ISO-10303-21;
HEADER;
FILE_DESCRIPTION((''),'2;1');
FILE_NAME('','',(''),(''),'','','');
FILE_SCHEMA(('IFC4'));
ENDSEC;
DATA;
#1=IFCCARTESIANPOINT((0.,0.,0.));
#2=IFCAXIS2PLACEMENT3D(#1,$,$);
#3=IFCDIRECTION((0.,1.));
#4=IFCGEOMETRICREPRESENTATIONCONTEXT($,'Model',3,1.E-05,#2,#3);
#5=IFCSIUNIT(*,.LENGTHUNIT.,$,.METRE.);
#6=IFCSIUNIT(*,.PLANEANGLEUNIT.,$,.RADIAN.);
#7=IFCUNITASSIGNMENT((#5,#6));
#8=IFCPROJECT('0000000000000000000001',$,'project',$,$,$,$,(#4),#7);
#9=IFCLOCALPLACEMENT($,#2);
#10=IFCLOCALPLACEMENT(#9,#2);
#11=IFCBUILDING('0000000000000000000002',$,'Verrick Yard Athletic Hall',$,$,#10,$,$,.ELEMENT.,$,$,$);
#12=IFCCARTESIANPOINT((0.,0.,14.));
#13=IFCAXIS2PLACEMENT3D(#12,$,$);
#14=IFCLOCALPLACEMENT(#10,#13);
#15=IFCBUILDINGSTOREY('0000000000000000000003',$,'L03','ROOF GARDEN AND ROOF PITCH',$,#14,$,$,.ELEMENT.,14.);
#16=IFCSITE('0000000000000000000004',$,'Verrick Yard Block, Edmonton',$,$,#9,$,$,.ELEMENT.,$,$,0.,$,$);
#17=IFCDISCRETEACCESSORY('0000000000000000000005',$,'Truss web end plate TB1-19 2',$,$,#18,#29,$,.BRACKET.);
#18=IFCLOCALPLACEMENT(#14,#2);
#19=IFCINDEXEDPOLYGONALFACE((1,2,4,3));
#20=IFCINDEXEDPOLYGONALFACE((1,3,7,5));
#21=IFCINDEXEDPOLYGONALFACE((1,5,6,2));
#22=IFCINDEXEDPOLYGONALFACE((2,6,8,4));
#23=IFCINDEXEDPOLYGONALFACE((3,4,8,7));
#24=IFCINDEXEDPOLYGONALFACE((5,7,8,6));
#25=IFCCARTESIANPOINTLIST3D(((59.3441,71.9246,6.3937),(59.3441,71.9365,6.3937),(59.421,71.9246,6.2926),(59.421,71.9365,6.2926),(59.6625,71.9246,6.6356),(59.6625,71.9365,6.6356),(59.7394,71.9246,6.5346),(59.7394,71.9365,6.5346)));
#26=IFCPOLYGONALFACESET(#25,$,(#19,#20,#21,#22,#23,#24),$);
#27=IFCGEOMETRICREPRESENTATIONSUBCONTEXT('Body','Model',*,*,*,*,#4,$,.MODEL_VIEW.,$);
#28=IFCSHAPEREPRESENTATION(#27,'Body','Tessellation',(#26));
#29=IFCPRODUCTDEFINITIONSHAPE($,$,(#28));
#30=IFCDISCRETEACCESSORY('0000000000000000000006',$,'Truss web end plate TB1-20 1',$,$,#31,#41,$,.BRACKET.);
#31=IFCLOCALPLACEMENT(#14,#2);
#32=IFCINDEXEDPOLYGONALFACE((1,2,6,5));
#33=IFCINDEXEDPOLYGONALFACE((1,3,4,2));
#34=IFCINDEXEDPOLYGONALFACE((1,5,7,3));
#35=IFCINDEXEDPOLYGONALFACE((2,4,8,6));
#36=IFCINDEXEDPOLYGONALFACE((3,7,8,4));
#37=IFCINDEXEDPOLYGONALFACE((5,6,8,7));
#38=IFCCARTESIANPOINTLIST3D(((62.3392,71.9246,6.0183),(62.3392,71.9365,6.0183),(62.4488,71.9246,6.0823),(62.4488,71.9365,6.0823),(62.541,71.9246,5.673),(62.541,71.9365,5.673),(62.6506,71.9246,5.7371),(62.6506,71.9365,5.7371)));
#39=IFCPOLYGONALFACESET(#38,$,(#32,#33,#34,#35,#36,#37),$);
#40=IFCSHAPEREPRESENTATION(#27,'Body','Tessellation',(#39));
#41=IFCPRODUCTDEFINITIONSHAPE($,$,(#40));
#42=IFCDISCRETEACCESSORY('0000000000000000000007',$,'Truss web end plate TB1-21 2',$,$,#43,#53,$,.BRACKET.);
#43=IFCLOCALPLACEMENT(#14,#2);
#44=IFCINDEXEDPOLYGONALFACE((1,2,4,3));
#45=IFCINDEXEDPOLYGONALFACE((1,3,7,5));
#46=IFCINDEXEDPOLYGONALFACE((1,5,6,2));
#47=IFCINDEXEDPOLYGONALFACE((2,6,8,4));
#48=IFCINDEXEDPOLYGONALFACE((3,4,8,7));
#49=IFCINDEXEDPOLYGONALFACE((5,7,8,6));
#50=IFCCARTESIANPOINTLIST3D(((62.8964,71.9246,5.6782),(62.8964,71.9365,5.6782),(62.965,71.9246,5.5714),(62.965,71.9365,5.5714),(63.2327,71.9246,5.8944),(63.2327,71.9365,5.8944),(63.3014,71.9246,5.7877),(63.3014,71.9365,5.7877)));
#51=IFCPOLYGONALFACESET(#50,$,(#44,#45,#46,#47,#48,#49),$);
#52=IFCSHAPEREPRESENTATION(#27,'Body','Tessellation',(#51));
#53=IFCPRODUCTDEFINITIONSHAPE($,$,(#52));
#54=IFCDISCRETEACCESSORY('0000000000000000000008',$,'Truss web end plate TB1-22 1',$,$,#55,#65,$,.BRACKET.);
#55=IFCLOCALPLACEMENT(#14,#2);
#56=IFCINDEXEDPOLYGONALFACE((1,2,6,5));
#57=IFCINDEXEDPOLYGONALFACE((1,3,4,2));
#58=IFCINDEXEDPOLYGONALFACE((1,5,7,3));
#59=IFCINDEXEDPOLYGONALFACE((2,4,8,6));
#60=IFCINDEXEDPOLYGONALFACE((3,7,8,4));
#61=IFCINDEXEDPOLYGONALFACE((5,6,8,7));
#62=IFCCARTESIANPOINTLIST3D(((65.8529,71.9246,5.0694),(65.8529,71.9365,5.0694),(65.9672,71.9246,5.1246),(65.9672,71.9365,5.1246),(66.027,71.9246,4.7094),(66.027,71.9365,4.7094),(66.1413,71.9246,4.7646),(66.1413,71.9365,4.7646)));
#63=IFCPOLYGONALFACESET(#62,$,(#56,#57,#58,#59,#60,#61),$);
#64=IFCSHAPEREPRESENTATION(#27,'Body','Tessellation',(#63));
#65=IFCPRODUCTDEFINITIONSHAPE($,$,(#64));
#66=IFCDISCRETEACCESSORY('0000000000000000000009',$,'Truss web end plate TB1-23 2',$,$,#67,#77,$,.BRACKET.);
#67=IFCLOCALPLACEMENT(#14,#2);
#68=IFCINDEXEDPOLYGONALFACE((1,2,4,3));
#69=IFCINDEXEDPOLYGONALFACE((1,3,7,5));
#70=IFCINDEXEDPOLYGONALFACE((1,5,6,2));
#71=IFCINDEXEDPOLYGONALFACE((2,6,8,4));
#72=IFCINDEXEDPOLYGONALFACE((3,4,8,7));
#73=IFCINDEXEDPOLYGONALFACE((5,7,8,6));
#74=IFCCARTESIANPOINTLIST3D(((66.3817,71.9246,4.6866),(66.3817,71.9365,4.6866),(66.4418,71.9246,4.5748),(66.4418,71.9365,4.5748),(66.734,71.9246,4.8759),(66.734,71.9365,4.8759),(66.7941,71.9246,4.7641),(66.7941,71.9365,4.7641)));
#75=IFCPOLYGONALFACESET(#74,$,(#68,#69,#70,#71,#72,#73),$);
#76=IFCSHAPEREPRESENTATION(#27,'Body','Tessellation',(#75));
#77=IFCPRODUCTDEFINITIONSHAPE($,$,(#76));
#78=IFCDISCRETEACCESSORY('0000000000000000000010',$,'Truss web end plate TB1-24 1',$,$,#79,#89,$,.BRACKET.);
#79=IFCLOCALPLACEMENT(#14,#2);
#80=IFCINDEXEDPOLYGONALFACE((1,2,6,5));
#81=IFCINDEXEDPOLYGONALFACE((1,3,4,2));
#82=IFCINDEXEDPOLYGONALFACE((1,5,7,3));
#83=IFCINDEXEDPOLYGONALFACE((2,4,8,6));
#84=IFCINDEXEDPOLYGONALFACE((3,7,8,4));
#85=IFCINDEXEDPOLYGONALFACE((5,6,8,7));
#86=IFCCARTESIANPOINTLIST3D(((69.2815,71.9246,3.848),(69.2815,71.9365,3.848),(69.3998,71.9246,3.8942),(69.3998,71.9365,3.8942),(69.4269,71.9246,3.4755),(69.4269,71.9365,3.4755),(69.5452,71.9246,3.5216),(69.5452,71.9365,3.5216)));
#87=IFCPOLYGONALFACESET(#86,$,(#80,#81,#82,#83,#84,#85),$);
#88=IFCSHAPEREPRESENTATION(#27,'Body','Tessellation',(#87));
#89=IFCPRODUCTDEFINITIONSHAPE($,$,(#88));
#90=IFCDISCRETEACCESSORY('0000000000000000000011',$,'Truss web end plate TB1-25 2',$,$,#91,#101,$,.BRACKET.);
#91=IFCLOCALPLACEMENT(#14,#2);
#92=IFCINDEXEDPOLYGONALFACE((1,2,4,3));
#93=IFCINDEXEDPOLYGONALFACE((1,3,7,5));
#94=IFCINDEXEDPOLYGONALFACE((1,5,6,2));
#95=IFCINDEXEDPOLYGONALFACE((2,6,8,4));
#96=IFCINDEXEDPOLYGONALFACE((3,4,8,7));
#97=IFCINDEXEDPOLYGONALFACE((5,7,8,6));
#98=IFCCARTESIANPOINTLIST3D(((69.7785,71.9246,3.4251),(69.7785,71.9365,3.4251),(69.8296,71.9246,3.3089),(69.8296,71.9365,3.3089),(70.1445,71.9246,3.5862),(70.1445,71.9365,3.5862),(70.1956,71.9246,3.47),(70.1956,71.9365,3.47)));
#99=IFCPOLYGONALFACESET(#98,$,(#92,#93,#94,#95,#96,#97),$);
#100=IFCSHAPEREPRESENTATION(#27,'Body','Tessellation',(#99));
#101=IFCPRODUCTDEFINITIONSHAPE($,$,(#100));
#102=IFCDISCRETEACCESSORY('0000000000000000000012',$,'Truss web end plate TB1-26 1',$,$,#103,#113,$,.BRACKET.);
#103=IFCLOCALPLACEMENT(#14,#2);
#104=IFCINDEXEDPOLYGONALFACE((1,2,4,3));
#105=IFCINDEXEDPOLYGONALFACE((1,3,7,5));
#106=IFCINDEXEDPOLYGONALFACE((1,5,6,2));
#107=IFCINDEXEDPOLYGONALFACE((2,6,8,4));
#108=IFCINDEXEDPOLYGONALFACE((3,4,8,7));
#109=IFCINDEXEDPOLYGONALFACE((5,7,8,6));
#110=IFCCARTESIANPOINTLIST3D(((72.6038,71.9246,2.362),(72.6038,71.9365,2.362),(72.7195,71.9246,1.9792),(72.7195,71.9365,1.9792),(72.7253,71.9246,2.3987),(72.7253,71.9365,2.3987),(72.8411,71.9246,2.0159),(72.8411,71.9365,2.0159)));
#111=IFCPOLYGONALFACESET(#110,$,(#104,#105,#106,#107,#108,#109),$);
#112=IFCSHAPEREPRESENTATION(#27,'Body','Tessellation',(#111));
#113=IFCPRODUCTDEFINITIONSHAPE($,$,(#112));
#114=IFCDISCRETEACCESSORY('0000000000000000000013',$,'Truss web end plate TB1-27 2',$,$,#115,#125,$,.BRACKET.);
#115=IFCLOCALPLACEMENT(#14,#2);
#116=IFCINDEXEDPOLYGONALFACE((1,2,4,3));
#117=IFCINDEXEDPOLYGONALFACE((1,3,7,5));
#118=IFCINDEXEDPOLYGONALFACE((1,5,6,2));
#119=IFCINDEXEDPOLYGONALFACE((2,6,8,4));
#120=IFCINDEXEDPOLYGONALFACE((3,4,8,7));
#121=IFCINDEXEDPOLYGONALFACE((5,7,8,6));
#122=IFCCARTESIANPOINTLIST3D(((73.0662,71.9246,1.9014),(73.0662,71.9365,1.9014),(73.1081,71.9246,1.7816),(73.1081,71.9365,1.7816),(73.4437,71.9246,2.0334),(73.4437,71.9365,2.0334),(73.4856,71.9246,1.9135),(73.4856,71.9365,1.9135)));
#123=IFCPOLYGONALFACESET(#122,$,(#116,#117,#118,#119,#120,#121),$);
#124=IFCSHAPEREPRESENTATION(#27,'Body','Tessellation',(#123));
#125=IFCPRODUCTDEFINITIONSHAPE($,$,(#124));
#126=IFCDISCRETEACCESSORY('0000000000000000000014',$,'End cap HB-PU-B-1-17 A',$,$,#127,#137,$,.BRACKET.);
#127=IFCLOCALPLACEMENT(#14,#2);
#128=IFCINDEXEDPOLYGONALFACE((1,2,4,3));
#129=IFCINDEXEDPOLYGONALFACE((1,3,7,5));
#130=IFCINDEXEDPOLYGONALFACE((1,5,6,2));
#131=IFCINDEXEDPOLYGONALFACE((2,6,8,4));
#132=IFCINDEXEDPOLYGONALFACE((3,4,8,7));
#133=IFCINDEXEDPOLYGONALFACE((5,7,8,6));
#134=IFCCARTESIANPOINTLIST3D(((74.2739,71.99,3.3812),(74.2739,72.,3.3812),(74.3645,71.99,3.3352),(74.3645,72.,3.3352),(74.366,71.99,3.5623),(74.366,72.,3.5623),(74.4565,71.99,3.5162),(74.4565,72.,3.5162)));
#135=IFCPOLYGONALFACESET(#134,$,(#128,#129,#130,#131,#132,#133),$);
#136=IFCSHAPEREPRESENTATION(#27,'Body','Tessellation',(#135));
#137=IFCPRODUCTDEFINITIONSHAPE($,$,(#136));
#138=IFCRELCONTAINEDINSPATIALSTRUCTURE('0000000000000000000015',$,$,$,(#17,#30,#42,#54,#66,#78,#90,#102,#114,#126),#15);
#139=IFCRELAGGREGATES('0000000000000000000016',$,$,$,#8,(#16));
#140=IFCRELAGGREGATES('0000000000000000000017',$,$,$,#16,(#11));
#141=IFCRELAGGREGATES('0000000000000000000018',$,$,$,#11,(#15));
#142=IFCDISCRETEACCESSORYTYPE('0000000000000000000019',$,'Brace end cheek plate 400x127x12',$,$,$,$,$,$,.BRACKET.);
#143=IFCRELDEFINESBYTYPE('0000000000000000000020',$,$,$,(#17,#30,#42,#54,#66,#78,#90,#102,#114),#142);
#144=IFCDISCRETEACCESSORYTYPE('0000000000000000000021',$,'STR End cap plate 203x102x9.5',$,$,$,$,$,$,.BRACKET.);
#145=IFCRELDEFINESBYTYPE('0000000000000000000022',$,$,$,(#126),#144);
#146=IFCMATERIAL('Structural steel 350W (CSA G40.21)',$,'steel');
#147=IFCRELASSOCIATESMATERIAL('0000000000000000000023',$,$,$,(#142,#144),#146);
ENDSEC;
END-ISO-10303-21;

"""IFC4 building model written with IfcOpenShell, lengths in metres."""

from ifc_helpers import new_model, si_unit, direction, frame, origin, origin_2d, place, context, subcontext, project, spatial, rectangle, extrude, material, material_profile, profile_set, type_object, element, save


model = new_model("IFC4")

# Units and contexts
model_context = context("Model", 3, precision=1e-05, world=origin(), true_north=direction((0.0, 1.0)))
body_context = subcontext(model_context, "Body", "Model", "MODEL_VIEW")
ifc_project = project(units=[si_unit("LENGTHUNIT", "METRE"), si_unit("PLANEANGLEUNIT", "RADIAN")], contexts=[model_context])

# Site, building, storey
site_placement = place(None, origin())
site = spatial("IfcSite", under=ifc_project, at=site_placement, Name="Verrick Yard Block, Edmonton", CompositionType="ELEMENT", RefElevation=0.0)
building_placement = place(site_placement, origin())
building = spatial("IfcBuilding", under=site, at=building_placement, Name="Verrick Yard Athletic Hall", CompositionType="ELEMENT")
storey_placement = place(building_placement, frame((0.0, 0.0, 14.0)))
storey = spatial("IfcBuildingStorey", under=building, at=storey_placement, Name="L03", Description="ROOF GARDEN AND ROOF PITCH", CompositionType="ELEMENT", Elevation=14.0)

# Discrete accessories
ifc_material_1 = material(Name="Structural steel 350W (CSA G40.21)", Category="steel")
ifc_material_profile_1 = material_profile(ifc_material_1, rectangle(XDim=0.3999, YDim=0.127, at=origin_2d()), Name="Brace end cheek plate")
ifc_profile_set_1 = profile_set([ifc_material_profile_1], Name="Structural steel 350W (CSA G40.21)")
discrete_accessory_type_1 = type_object("IfcDiscreteAccessoryType", Name="Brace end cheek plate 400x127x12", PredefinedType="BRACKET", material=ifc_profile_set_1)
for number, where, z_axis, x_axis, name in (
    (1, (59.5417, 71.9365, 6.4641), (0.0, -1.0, 0.0), (0.796193, 0.0, 0.605042), "Truss web end plate TB1-19 2"),
    (2, (62.4949, 71.9365, 5.8777), (0.0, -1.0, 0.0), (-0.504597, 0.0, 0.863355), "Truss web end plate TB1-20 1"),
    (3, (63.0989, 71.9365, 5.7329), (0.0, -1.0, 0.0), (0.841141, 0.0, 0.540816), "Truss web end plate TB1-21 2"),
    (4, (65.9971, 71.9365, 4.917), (0.0, -1.0, 0.0), (-0.435417, 0.0, 0.900229), "Truss web end plate TB1-22 1"),
    (5, (66.5879, 71.9365, 4.7253), (0.0, -1.0, 0.0), (0.88092, 0.0, 0.473265), "Truss web end plate TB1-23 2"),
    (6, (69.4133, 71.9365, 3.6848), (0.0, -1.0, 0.0), (-0.363563, 0.0, 0.93157), "Truss web end plate TB1-24 1"),
    (7, (69.9871, 71.9365, 3.4475), (0.0, -1.0, 0.0), (0.915285, 0.0, 0.402806), "Truss web end plate TB1-25 2"),
    (8, (72.7224, 71.9365, 2.189), (0.0, -1.0, 0.0), (-0.289473, 0.0, 0.957186), "Truss web end plate TB1-26 1"),
    (9, (73.2759, 71.9365, 1.9075), (0.0, -1.0, 0.0), (0.944026, 0.0, 0.329872), "Truss web end plate TB1-27 2"),
):
    element("IfcDiscreteAccessory", number, at=place(storey_placement, frame(where, z_axis=z_axis, x_axis=x_axis)), inside=storey, type_object=discrete_accessory_type_1, Name=name, PredefinedType="BRACKET", context=body_context, shape_type="SweptSolid", body=[
        extrude(rectangle(XDim=0.3999, YDim=0.127, at=origin_2d()), origin(), (0.0, 0.0, 1.0), 0.012),
    ])
ifc_material_profile_2 = material_profile(ifc_material_1, rectangle(XDim=0.1016, YDim=0.2031, at=origin_2d()), Name="STR End cap plate 203x102x9.5")
ifc_profile_set_2 = profile_set([ifc_material_profile_2], Name="Structural steel 350W (CSA G40.21)")
discrete_accessory_type_2 = type_object("IfcDiscreteAccessoryType", Name="STR End cap plate 203x102x9.5", PredefinedType="BRACKET", material=ifc_profile_set_2)
discrete_accessory_placement = place(storey_placement, frame((74.3652, 71.99, 3.4487), z_axis=(0.0, 1.0, 0.0), x_axis=(-0.891353, 0.0, 0.45331)))
element("IfcDiscreteAccessory", 10, at=discrete_accessory_placement, inside=storey, type_object=discrete_accessory_type_2, Name="End cap HB-PU-B-1-17 A", PredefinedType="BRACKET", context=body_context, shape_type="SweptSolid", body=[
    extrude(rectangle(XDim=0.1016, YDim=0.2031, at=origin_2d()), origin(), (0.0, 0.0, 1.0), 0.01),
])

save(model, "model.ifc")
